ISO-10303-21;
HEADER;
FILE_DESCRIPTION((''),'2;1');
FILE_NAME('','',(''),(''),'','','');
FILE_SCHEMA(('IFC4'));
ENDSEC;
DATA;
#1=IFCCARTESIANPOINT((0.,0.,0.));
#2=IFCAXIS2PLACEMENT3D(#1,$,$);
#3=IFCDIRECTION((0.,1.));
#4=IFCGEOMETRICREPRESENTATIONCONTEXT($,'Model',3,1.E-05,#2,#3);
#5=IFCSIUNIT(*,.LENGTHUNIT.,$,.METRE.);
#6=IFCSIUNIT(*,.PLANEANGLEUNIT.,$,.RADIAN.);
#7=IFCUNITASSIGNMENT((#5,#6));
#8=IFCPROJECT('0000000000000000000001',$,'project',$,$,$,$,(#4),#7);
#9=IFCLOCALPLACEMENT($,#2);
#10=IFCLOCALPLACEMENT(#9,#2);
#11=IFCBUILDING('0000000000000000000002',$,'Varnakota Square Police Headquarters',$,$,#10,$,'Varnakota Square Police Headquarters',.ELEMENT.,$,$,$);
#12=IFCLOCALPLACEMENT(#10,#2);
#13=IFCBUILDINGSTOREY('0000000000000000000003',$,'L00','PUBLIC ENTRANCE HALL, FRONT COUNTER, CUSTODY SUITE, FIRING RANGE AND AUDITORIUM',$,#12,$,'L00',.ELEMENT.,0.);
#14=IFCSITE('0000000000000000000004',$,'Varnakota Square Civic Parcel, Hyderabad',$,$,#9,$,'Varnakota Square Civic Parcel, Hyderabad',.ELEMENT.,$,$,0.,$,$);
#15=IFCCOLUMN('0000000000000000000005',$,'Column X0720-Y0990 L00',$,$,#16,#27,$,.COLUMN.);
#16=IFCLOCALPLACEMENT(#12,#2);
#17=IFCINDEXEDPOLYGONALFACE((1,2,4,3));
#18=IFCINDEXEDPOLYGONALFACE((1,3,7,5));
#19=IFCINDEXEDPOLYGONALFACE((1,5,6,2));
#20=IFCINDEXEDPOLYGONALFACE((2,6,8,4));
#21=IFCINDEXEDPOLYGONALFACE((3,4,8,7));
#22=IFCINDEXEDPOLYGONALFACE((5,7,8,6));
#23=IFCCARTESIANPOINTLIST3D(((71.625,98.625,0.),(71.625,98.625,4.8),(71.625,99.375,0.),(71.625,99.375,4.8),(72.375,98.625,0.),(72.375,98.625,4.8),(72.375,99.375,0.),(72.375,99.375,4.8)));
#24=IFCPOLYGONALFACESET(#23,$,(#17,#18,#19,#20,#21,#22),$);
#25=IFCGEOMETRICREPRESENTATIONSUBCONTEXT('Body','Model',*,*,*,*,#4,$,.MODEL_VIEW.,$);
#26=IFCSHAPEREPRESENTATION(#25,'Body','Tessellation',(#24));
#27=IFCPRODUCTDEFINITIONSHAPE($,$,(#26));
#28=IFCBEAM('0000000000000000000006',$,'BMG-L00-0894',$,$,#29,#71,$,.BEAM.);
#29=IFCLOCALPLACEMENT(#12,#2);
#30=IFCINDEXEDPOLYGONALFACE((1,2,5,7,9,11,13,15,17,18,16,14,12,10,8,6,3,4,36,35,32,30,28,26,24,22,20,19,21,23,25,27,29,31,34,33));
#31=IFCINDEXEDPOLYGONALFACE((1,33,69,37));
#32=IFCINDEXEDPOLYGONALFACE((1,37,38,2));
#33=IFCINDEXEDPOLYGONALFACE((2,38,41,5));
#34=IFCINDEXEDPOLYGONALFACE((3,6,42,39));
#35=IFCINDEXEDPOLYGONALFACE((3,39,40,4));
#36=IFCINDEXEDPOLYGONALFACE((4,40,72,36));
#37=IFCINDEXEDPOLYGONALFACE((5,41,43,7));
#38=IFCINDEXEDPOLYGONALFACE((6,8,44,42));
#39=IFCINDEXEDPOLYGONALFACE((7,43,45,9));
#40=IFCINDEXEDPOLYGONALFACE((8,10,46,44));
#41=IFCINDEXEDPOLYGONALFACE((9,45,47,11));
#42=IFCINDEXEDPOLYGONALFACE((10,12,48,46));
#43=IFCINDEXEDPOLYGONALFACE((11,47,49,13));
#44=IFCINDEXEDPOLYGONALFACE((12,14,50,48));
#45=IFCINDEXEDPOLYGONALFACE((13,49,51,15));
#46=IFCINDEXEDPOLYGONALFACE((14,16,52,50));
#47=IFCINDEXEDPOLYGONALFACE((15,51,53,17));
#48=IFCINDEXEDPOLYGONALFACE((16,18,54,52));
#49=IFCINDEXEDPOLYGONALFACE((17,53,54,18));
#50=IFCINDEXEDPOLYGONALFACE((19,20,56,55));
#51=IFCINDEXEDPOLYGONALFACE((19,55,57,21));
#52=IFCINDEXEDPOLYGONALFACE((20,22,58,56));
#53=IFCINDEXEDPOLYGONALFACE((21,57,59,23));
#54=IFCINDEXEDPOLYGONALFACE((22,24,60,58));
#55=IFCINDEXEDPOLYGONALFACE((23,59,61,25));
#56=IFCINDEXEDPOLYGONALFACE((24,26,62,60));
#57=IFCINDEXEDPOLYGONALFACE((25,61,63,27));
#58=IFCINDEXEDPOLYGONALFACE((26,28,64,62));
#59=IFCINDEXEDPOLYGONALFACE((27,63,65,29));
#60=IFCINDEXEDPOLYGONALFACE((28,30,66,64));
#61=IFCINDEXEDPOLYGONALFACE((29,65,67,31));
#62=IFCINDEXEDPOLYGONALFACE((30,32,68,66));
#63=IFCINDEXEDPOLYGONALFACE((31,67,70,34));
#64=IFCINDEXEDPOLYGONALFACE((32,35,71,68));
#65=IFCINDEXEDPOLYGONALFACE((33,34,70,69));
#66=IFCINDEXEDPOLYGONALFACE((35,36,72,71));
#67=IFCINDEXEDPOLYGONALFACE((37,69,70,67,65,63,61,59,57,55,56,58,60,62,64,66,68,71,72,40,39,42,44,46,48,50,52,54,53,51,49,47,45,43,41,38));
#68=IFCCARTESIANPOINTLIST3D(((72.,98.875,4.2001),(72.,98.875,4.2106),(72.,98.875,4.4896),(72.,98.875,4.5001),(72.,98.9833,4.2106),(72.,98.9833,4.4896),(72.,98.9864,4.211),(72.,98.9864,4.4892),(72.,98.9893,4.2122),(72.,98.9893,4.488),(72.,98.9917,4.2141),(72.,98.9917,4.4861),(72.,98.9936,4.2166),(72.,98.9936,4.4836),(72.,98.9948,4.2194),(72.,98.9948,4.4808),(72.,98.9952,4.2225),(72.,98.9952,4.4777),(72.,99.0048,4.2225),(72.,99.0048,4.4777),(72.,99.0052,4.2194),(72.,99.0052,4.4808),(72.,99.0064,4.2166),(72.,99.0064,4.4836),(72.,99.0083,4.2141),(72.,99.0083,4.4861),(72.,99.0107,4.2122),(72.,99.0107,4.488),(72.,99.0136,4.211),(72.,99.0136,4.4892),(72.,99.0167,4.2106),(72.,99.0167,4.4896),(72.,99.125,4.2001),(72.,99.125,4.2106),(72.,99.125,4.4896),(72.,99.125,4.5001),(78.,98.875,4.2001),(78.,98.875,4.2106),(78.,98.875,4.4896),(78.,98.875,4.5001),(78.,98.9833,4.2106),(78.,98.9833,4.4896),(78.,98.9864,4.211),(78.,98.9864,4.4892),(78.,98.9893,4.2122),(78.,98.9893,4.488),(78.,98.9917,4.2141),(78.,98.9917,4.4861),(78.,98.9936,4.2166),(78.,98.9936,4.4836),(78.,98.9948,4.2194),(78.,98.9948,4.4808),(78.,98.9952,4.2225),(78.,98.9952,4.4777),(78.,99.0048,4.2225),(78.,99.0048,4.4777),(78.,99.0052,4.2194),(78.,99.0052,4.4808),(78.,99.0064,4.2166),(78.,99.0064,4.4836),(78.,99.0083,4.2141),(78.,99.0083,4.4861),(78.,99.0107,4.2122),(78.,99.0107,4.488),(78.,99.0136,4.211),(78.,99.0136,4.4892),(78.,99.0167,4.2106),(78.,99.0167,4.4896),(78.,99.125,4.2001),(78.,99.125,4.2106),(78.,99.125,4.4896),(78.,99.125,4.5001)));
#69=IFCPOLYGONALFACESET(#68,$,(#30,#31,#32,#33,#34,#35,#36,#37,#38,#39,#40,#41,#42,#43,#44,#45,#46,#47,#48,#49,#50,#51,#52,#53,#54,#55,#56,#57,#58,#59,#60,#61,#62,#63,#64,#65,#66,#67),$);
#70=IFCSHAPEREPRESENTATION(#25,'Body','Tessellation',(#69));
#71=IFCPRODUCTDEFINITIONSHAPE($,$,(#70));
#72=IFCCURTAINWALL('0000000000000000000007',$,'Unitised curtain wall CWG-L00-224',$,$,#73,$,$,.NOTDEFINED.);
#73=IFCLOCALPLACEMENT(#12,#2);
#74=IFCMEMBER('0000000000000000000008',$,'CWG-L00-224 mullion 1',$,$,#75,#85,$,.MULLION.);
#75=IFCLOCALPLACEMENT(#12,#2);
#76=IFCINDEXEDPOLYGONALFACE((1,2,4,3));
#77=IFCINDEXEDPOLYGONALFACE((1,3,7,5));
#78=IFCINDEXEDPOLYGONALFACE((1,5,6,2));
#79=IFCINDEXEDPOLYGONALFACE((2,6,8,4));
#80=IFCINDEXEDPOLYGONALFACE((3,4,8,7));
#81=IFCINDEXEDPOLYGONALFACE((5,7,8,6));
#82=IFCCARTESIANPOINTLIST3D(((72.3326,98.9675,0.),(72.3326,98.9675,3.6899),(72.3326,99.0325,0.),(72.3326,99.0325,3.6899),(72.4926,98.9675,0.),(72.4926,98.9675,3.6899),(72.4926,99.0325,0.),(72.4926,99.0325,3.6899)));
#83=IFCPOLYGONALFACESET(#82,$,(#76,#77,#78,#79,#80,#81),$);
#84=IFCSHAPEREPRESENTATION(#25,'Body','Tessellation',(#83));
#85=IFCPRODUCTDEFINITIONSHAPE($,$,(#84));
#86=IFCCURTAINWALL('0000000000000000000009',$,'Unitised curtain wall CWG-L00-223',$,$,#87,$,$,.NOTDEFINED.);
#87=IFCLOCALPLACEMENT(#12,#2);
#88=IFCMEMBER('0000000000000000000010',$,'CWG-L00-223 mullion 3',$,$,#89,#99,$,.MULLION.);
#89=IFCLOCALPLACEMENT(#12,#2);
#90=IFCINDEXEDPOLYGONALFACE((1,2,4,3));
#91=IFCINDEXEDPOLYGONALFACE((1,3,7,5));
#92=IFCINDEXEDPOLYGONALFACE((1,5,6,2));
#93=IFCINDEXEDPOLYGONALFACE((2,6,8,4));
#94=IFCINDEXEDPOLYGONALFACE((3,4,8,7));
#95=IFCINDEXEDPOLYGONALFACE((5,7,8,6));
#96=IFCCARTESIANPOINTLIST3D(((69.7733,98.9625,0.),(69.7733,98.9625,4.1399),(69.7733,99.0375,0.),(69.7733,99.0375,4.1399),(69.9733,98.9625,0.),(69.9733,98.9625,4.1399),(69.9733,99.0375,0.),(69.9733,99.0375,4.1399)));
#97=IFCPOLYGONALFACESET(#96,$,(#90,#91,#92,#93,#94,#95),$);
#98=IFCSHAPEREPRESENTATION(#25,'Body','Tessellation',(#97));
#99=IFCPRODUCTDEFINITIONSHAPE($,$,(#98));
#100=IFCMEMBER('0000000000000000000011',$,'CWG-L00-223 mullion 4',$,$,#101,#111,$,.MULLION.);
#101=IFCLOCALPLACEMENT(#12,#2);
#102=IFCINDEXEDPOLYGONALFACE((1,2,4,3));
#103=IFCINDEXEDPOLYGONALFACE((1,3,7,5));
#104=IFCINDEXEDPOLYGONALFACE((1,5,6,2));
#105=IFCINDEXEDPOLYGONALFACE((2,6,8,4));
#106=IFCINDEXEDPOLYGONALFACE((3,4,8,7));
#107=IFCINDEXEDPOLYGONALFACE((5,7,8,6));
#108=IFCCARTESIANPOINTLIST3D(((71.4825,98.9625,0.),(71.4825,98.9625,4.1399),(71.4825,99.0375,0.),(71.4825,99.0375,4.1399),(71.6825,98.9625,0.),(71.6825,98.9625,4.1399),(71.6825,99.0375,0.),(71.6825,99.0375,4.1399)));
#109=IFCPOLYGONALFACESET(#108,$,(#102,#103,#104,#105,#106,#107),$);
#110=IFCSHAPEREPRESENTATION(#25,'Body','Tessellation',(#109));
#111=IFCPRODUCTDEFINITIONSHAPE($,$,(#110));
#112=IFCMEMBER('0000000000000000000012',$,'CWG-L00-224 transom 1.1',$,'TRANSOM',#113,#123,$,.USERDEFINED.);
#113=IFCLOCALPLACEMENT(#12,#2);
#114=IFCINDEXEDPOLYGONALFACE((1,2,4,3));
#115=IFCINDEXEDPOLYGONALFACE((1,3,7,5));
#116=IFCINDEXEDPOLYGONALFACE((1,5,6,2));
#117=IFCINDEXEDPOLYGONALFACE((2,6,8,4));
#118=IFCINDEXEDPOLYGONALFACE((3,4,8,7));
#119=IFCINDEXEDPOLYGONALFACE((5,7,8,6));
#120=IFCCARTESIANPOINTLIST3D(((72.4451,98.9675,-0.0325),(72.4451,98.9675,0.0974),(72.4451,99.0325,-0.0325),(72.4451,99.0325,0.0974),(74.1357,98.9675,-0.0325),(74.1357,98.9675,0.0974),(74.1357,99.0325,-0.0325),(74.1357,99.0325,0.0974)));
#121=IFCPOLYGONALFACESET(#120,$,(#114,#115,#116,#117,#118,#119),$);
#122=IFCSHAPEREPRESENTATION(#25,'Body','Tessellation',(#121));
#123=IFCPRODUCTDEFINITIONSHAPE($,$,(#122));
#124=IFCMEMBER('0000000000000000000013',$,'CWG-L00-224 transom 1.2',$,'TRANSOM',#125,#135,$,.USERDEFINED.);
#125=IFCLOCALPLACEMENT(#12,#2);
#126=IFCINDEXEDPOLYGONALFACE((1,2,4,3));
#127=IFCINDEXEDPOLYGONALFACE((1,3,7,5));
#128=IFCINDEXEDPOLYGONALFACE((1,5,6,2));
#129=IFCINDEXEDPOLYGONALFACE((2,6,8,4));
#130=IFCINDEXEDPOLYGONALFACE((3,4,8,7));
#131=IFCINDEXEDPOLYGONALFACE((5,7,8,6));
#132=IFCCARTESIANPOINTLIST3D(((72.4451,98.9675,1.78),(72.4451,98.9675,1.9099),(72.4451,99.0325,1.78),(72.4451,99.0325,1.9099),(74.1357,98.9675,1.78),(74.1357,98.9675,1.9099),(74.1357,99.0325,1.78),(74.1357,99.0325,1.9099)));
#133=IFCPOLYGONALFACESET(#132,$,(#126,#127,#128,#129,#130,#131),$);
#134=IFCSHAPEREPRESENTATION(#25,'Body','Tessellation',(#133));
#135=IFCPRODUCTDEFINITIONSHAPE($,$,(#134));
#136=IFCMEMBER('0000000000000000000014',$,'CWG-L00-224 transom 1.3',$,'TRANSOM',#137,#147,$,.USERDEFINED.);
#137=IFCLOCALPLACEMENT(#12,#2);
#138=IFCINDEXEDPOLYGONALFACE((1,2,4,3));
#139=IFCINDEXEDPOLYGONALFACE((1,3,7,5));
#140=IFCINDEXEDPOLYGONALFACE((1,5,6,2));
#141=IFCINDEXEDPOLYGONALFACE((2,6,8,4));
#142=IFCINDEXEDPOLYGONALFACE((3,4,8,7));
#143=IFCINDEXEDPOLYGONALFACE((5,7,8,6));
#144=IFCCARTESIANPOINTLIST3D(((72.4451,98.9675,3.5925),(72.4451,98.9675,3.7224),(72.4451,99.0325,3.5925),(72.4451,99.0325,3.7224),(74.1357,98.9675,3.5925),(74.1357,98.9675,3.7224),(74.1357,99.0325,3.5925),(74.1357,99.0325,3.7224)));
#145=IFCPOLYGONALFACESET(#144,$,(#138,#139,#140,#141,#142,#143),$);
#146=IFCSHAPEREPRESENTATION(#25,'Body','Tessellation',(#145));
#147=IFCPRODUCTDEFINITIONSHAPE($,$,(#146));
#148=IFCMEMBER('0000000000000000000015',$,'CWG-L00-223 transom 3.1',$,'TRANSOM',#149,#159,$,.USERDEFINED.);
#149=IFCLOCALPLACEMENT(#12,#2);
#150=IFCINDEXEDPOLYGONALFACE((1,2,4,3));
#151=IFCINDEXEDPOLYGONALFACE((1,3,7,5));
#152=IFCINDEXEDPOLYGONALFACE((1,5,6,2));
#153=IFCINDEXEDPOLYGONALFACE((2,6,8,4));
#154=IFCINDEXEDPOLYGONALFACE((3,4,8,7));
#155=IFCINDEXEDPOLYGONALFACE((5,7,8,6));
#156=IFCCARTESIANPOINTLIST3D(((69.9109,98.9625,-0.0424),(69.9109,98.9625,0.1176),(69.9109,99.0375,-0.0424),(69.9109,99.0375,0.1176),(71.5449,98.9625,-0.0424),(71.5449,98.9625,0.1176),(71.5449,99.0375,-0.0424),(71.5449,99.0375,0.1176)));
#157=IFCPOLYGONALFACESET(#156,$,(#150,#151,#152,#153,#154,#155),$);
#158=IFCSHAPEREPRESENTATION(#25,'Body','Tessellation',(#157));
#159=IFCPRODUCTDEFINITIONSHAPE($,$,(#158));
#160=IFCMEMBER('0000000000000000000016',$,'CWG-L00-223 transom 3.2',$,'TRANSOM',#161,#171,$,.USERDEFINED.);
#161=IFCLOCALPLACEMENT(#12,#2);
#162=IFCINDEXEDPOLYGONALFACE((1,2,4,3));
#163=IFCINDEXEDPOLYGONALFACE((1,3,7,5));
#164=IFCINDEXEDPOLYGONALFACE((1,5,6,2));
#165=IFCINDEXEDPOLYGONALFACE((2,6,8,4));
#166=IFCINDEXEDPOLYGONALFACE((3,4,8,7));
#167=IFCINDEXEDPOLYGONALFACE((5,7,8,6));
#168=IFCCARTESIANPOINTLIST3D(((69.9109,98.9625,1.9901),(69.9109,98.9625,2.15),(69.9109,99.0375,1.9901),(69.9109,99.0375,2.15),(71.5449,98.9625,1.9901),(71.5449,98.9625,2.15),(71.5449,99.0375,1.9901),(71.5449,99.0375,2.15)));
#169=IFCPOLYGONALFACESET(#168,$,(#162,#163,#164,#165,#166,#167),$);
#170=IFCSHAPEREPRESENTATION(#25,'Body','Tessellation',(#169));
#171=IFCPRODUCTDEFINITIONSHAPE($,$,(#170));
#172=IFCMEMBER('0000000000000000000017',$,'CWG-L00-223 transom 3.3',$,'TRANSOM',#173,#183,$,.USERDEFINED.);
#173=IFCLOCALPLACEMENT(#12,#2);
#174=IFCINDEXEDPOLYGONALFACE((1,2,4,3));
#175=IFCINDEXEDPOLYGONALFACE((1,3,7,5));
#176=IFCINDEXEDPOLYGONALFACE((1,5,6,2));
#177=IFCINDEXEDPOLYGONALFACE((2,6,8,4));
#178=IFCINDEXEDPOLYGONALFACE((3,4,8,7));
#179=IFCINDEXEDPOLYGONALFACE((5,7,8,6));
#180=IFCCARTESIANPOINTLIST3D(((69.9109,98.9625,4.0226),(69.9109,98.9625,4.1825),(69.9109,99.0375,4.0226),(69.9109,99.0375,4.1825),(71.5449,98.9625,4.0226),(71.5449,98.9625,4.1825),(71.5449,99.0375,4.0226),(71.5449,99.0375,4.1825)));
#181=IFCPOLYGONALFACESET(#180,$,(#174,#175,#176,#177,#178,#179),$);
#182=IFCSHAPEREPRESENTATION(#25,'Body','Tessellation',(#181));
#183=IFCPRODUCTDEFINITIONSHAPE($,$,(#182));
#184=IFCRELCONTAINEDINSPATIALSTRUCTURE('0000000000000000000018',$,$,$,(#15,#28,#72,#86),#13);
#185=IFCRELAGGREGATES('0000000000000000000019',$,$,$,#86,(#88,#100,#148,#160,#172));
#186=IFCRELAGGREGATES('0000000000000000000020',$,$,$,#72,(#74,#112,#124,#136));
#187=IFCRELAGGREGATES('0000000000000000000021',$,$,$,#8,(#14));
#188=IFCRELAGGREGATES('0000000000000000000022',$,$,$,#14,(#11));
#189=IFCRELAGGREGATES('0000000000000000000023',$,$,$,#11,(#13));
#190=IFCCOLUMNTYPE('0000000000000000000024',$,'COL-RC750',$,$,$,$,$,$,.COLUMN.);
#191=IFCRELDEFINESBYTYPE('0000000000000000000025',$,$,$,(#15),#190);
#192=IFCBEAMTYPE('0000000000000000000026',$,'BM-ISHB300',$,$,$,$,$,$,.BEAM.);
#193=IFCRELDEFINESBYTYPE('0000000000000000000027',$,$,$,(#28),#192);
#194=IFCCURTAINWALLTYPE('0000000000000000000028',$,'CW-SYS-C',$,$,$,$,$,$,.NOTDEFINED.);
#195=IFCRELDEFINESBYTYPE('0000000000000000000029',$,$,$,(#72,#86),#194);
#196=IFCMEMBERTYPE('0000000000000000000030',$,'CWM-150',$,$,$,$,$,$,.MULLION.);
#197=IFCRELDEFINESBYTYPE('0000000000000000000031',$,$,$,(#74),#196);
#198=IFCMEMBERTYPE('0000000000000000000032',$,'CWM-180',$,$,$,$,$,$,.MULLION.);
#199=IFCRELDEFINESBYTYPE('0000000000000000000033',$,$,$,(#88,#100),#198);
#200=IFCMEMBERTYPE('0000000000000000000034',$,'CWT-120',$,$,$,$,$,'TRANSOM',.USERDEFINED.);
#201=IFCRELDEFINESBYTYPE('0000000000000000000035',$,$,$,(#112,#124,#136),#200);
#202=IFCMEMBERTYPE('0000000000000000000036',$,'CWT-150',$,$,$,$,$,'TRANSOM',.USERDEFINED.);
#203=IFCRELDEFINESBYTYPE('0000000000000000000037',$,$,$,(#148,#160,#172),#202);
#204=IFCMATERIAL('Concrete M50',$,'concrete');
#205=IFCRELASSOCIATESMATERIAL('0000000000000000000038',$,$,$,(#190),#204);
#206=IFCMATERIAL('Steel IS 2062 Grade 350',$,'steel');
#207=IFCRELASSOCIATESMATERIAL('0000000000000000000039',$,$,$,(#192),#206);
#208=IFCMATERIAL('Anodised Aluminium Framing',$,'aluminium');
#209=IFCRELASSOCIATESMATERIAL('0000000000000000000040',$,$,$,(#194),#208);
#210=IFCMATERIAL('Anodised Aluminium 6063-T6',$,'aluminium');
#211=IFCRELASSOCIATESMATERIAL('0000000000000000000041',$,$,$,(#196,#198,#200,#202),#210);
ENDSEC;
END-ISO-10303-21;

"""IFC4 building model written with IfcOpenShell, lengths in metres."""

from ifc_helpers import new_model, si_unit, direction, frame, origin, origin_2d, place, context, subcontext, project, spatial, rectangle, i_section, extrude, material, material_profile, profile_set, type_object, element, aggregate, save


model = new_model("IFC4")

# Units and contexts
model_context = context("Model", 3, precision=1e-05, world=origin(), true_north=direction((0.0, 1.0)))
body_context = subcontext(model_context, "Body", "Model", "MODEL_VIEW")
ifc_project = project(units=[si_unit("LENGTHUNIT", "METRE"), si_unit("PLANEANGLEUNIT", "RADIAN")], contexts=[model_context])

# Site, building, storey
site_placement = place(None, origin())
site = spatial("IfcSite", under=ifc_project, at=site_placement, Name="Varnakota Square Civic Parcel, Hyderabad", LongName="Varnakota Square Civic Parcel, Hyderabad", CompositionType="ELEMENT", RefElevation=0.0)
building_placement = place(site_placement, origin())
building = spatial("IfcBuilding", under=site, at=building_placement, Name="Varnakota Square Police Headquarters", LongName="Varnakota Square Police Headquarters", CompositionType="ELEMENT")
storey_placement = place(building_placement, origin())
storey = spatial("IfcBuildingStorey", under=building, at=storey_placement, Name="L00", Description="PUBLIC ENTRANCE HALL, FRONT COUNTER, CUSTODY SUITE, FIRING RANGE AND AUDITORIUM", LongName="L00", CompositionType="ELEMENT", Elevation=0.0)

# Column
ifc_material_1 = material(Name="Concrete M50", Category="concrete")
ifc_material_profile_1 = material_profile(ifc_material_1, rectangle(XDim=0.75, YDim=0.75, at=origin_2d()), Name="RC 750x750")
ifc_profile_set_1 = profile_set([ifc_material_profile_1], Name="Concrete M50")
column_type = type_object("IfcColumnType", Name="COL-RC750", PredefinedType="COLUMN", material=ifc_profile_set_1)
column_placement = place(storey_placement, frame((72.0, 99.0, 0.0), z_axis=(0.0, 0.0, 1.0), x_axis=(1.0, 0.0, 0.0)))
element("IfcColumn", 1, at=column_placement, inside=storey, type_object=column_type, Name="Column X0720-Y0990 L00", PredefinedType="COLUMN", context=body_context, shape_type="SweptSolid", body=[
    extrude(rectangle(XDim=0.75, YDim=0.75, at=origin_2d()), origin(), (0.0, 0.0, 1.0), 4.8),
])

# Beam
ifc_material_2 = material(Name="Steel IS 2062 Grade 350", Category="steel")
ifc_material_profile_2 = material_profile(ifc_material_2, i_section(OverallWidth=0.25, OverallDepth=0.3, WebThickness=0.0095, FlangeThickness=0.0105, FilletRadius=0.012, at=origin_2d()), Name="ISHB 300")
ifc_profile_set_2 = profile_set([ifc_material_profile_2], Name="Steel IS 2062 Grade 350")
beam_type = type_object("IfcBeamType", Name="BM-ISHB300", PredefinedType="BEAM", material=ifc_profile_set_2)
beam_placement = place(storey_placement, frame((72.0, 99.0, 4.3501), z_axis=(1.0, 0.0, 0.0), x_axis=(0.0, 1.0, 0.0)))
element("IfcBeam", 2, at=beam_placement, inside=storey, type_object=beam_type, Name="BMG-L00-0894", PredefinedType="BEAM", context=body_context, shape_type="SweptSolid", body=[
    extrude(i_section(OverallWidth=0.25, OverallDepth=0.3, WebThickness=0.0095, FlangeThickness=0.0105, FilletRadius=0.012, at=origin_2d()), origin(), (0.0, 0.0, 1.0), 6.0),
])

# Curtain wall, member
ifc_material_3 = material(Name="Anodised Aluminium Framing", Category="aluminium")
curtain_wall_type = type_object("IfcCurtainWallType", Name="CW-SYS-C", PredefinedType="NOTDEFINED", material=ifc_material_3)
curtain_wall_1_placement = place(storey_placement, origin())
curtain_wall_1 = element("IfcCurtainWall", 3, at=curtain_wall_1_placement, inside=storey, type_object=curtain_wall_type, Name="Unitised curtain wall CWG-L00-224", PredefinedType="NOTDEFINED")
ifc_material_4 = material(Name="Anodised Aluminium 6063-T6", Category="aluminium")
ifc_material_profile_3 = material_profile(ifc_material_4, rectangle(XDim=0.0649, YDim=0.1599, at=origin_2d()), Name="ALU MULLION 65x160")
ifc_profile_set_3 = profile_set([ifc_material_profile_3], Name="Anodised Aluminium 6063-T6")
member_type_1 = type_object("IfcMemberType", Name="CWM-150", PredefinedType="MULLION", material=ifc_profile_set_3)
member_1_placement = place(storey_placement, frame((72.4126, 99.0, 0.0), z_axis=(0.0, 0.0, 1.0), x_axis=(0.0, 1.0, 0.0)))
member_1 = element("IfcMember", 4, at=member_1_placement, type_object=member_type_1, Name="CWG-L00-224 mullion 1", PredefinedType="MULLION", context=body_context, shape_type="SweptSolid", body=[
    extrude(rectangle(XDim=0.0649, YDim=0.1599, at=origin_2d()), origin(), (0.0, 0.0, 1.0), 3.6899),
])

# Curtain wall, members
curtain_wall_2_placement = place(storey_placement, origin())
curtain_wall_2 = element("IfcCurtainWall", 5, at=curtain_wall_2_placement, inside=storey, type_object=curtain_wall_type, Name="Unitised curtain wall CWG-L00-223", PredefinedType="NOTDEFINED")
ifc_material_profile_4 = material_profile(ifc_material_4, rectangle(XDim=0.075, YDim=0.2, at=origin_2d()), Name="ALU MULLION 75x200")
ifc_profile_set_4 = profile_set([ifc_material_profile_4], Name="Anodised Aluminium 6063-T6")
member_type_2 = type_object("IfcMemberType", Name="CWM-180", PredefinedType="MULLION", material=ifc_profile_set_4)
member_2_placement = place(storey_placement, frame((69.8733, 99.0, 0.0), z_axis=(0.0, 0.0, 1.0), x_axis=(0.0, 1.0, 0.0)))
member_2 = element("IfcMember", 6, at=member_2_placement, type_object=member_type_2, Name="CWG-L00-223 mullion 3", PredefinedType="MULLION", context=body_context, shape_type="SweptSolid", body=[
    extrude(rectangle(XDim=0.075, YDim=0.2, at=origin_2d()), origin(), (0.0, 0.0, 1.0), 4.1399),
])
member_3_placement = place(storey_placement, frame((71.5825, 99.0, 0.0), z_axis=(0.0, 0.0, 1.0), x_axis=(0.0, 1.0, 0.0)))
member_3 = element("IfcMember", 7, at=member_3_placement, type_object=member_type_2, Name="CWG-L00-223 mullion 4", PredefinedType="MULLION", context=body_context, shape_type="SweptSolid", body=[
    extrude(rectangle(XDim=0.075, YDim=0.2, at=origin_2d()), origin(), (0.0, 0.0, 1.0), 4.1399),
])

# Members
ifc_material_profile_5 = material_profile(ifc_material_4, rectangle(XDim=0.0649, YDim=0.1299, at=origin_2d()), Name="ALU TRANSOM 65x130")
ifc_profile_set_5 = profile_set([ifc_material_profile_5], Name="Anodised Aluminium 6063-T6")
member_type_3 = type_object("IfcMemberType", Name="CWT-120", ElementType="TRANSOM", PredefinedType="USERDEFINED", material=ifc_profile_set_5)
member_4_placement = place(storey_placement, frame((72.4451, 99.0, 0.0325), z_axis=(1.0, 0.0, 0.0), x_axis=(0.0, 1.0, 0.0)))
member_4 = element("IfcMember", 8, at=member_4_placement, type_object=member_type_3, Name="CWG-L00-224 transom 1.1", ObjectType="TRANSOM", PredefinedType="USERDEFINED", context=body_context, shape_type="SweptSolid", body=[
    extrude(rectangle(XDim=0.0649, YDim=0.1299, at=origin_2d()), origin(), (0.0, 0.0, 1.0), 1.6907),
])
member_5_placement = place(storey_placement, frame((72.4451, 99.0, 1.845), z_axis=(1.0, 0.0, 0.0), x_axis=(0.0, 1.0, 0.0)))
member_5 = element("IfcMember", 9, at=member_5_placement, type_object=member_type_3, Name="CWG-L00-224 transom 1.2", ObjectType="TRANSOM", PredefinedType="USERDEFINED", context=body_context, shape_type="SweptSolid", body=[
    extrude(rectangle(XDim=0.0649, YDim=0.1299, at=origin_2d()), origin(), (0.0, 0.0, 1.0), 1.6907),
])
member_6_placement = place(storey_placement, frame((72.4451, 99.0, 3.6575), z_axis=(1.0, 0.0, 0.0), x_axis=(0.0, 1.0, 0.0)))
member_6 = element("IfcMember", 10, at=member_6_placement, type_object=member_type_3, Name="CWG-L00-224 transom 1.3", ObjectType="TRANSOM", PredefinedType="USERDEFINED", context=body_context, shape_type="SweptSolid", body=[
    extrude(rectangle(XDim=0.0649, YDim=0.1299, at=origin_2d()), origin(), (0.0, 0.0, 1.0), 1.6907),
])
ifc_material_profile_6 = material_profile(ifc_material_4, rectangle(XDim=0.075, YDim=0.1599, at=origin_2d()), Name="ALU TRANSOM 75x160")
ifc_profile_set_6 = profile_set([ifc_material_profile_6], Name="Anodised Aluminium 6063-T6")
member_type_4 = type_object("IfcMemberType", Name="CWT-150", ElementType="TRANSOM", PredefinedType="USERDEFINED", material=ifc_profile_set_6)
member_7_placement = place(storey_placement, frame((69.9109, 99.0, 0.0376), z_axis=(1.0, 0.0, 0.0), x_axis=(0.0, 1.0, 0.0)))
member_7 = element("IfcMember", 11, at=member_7_placement, type_object=member_type_4, Name="CWG-L00-223 transom 3.1", ObjectType="TRANSOM", PredefinedType="USERDEFINED", context=body_context, shape_type="SweptSolid", body=[
    extrude(rectangle(XDim=0.075, YDim=0.1599, at=origin_2d()), origin(), (0.0, 0.0, 1.0), 1.634),
])
member_8_placement = place(storey_placement, frame((69.9109, 99.0, 2.0701), z_axis=(1.0, 0.0, 0.0), x_axis=(0.0, 1.0, 0.0)))
member_8 = element("IfcMember", 12, at=member_8_placement, type_object=member_type_4, Name="CWG-L00-223 transom 3.2", ObjectType="TRANSOM", PredefinedType="USERDEFINED", context=body_context, shape_type="SweptSolid", body=[
    extrude(rectangle(XDim=0.075, YDim=0.1599, at=origin_2d()), origin(), (0.0, 0.0, 1.0), 1.634),
])
member_9_placement = place(storey_placement, frame((69.9109, 99.0, 4.1025), z_axis=(1.0, 0.0, 0.0), x_axis=(0.0, 1.0, 0.0)))
member_9 = element("IfcMember", 13, at=member_9_placement, type_object=member_type_4, Name="CWG-L00-223 transom 3.3", ObjectType="TRANSOM", PredefinedType="USERDEFINED", context=body_context, shape_type="SweptSolid", body=[
    extrude(rectangle(XDim=0.075, YDim=0.1599, at=origin_2d()), origin(), (0.0, 0.0, 1.0), 1.634),
])

aggregate(curtain_wall_2, [member_2, member_3, member_7, member_8, member_9])
aggregate(curtain_wall_1, [member_1, member_4, member_5, member_6])

save(model, "model.ifc")
